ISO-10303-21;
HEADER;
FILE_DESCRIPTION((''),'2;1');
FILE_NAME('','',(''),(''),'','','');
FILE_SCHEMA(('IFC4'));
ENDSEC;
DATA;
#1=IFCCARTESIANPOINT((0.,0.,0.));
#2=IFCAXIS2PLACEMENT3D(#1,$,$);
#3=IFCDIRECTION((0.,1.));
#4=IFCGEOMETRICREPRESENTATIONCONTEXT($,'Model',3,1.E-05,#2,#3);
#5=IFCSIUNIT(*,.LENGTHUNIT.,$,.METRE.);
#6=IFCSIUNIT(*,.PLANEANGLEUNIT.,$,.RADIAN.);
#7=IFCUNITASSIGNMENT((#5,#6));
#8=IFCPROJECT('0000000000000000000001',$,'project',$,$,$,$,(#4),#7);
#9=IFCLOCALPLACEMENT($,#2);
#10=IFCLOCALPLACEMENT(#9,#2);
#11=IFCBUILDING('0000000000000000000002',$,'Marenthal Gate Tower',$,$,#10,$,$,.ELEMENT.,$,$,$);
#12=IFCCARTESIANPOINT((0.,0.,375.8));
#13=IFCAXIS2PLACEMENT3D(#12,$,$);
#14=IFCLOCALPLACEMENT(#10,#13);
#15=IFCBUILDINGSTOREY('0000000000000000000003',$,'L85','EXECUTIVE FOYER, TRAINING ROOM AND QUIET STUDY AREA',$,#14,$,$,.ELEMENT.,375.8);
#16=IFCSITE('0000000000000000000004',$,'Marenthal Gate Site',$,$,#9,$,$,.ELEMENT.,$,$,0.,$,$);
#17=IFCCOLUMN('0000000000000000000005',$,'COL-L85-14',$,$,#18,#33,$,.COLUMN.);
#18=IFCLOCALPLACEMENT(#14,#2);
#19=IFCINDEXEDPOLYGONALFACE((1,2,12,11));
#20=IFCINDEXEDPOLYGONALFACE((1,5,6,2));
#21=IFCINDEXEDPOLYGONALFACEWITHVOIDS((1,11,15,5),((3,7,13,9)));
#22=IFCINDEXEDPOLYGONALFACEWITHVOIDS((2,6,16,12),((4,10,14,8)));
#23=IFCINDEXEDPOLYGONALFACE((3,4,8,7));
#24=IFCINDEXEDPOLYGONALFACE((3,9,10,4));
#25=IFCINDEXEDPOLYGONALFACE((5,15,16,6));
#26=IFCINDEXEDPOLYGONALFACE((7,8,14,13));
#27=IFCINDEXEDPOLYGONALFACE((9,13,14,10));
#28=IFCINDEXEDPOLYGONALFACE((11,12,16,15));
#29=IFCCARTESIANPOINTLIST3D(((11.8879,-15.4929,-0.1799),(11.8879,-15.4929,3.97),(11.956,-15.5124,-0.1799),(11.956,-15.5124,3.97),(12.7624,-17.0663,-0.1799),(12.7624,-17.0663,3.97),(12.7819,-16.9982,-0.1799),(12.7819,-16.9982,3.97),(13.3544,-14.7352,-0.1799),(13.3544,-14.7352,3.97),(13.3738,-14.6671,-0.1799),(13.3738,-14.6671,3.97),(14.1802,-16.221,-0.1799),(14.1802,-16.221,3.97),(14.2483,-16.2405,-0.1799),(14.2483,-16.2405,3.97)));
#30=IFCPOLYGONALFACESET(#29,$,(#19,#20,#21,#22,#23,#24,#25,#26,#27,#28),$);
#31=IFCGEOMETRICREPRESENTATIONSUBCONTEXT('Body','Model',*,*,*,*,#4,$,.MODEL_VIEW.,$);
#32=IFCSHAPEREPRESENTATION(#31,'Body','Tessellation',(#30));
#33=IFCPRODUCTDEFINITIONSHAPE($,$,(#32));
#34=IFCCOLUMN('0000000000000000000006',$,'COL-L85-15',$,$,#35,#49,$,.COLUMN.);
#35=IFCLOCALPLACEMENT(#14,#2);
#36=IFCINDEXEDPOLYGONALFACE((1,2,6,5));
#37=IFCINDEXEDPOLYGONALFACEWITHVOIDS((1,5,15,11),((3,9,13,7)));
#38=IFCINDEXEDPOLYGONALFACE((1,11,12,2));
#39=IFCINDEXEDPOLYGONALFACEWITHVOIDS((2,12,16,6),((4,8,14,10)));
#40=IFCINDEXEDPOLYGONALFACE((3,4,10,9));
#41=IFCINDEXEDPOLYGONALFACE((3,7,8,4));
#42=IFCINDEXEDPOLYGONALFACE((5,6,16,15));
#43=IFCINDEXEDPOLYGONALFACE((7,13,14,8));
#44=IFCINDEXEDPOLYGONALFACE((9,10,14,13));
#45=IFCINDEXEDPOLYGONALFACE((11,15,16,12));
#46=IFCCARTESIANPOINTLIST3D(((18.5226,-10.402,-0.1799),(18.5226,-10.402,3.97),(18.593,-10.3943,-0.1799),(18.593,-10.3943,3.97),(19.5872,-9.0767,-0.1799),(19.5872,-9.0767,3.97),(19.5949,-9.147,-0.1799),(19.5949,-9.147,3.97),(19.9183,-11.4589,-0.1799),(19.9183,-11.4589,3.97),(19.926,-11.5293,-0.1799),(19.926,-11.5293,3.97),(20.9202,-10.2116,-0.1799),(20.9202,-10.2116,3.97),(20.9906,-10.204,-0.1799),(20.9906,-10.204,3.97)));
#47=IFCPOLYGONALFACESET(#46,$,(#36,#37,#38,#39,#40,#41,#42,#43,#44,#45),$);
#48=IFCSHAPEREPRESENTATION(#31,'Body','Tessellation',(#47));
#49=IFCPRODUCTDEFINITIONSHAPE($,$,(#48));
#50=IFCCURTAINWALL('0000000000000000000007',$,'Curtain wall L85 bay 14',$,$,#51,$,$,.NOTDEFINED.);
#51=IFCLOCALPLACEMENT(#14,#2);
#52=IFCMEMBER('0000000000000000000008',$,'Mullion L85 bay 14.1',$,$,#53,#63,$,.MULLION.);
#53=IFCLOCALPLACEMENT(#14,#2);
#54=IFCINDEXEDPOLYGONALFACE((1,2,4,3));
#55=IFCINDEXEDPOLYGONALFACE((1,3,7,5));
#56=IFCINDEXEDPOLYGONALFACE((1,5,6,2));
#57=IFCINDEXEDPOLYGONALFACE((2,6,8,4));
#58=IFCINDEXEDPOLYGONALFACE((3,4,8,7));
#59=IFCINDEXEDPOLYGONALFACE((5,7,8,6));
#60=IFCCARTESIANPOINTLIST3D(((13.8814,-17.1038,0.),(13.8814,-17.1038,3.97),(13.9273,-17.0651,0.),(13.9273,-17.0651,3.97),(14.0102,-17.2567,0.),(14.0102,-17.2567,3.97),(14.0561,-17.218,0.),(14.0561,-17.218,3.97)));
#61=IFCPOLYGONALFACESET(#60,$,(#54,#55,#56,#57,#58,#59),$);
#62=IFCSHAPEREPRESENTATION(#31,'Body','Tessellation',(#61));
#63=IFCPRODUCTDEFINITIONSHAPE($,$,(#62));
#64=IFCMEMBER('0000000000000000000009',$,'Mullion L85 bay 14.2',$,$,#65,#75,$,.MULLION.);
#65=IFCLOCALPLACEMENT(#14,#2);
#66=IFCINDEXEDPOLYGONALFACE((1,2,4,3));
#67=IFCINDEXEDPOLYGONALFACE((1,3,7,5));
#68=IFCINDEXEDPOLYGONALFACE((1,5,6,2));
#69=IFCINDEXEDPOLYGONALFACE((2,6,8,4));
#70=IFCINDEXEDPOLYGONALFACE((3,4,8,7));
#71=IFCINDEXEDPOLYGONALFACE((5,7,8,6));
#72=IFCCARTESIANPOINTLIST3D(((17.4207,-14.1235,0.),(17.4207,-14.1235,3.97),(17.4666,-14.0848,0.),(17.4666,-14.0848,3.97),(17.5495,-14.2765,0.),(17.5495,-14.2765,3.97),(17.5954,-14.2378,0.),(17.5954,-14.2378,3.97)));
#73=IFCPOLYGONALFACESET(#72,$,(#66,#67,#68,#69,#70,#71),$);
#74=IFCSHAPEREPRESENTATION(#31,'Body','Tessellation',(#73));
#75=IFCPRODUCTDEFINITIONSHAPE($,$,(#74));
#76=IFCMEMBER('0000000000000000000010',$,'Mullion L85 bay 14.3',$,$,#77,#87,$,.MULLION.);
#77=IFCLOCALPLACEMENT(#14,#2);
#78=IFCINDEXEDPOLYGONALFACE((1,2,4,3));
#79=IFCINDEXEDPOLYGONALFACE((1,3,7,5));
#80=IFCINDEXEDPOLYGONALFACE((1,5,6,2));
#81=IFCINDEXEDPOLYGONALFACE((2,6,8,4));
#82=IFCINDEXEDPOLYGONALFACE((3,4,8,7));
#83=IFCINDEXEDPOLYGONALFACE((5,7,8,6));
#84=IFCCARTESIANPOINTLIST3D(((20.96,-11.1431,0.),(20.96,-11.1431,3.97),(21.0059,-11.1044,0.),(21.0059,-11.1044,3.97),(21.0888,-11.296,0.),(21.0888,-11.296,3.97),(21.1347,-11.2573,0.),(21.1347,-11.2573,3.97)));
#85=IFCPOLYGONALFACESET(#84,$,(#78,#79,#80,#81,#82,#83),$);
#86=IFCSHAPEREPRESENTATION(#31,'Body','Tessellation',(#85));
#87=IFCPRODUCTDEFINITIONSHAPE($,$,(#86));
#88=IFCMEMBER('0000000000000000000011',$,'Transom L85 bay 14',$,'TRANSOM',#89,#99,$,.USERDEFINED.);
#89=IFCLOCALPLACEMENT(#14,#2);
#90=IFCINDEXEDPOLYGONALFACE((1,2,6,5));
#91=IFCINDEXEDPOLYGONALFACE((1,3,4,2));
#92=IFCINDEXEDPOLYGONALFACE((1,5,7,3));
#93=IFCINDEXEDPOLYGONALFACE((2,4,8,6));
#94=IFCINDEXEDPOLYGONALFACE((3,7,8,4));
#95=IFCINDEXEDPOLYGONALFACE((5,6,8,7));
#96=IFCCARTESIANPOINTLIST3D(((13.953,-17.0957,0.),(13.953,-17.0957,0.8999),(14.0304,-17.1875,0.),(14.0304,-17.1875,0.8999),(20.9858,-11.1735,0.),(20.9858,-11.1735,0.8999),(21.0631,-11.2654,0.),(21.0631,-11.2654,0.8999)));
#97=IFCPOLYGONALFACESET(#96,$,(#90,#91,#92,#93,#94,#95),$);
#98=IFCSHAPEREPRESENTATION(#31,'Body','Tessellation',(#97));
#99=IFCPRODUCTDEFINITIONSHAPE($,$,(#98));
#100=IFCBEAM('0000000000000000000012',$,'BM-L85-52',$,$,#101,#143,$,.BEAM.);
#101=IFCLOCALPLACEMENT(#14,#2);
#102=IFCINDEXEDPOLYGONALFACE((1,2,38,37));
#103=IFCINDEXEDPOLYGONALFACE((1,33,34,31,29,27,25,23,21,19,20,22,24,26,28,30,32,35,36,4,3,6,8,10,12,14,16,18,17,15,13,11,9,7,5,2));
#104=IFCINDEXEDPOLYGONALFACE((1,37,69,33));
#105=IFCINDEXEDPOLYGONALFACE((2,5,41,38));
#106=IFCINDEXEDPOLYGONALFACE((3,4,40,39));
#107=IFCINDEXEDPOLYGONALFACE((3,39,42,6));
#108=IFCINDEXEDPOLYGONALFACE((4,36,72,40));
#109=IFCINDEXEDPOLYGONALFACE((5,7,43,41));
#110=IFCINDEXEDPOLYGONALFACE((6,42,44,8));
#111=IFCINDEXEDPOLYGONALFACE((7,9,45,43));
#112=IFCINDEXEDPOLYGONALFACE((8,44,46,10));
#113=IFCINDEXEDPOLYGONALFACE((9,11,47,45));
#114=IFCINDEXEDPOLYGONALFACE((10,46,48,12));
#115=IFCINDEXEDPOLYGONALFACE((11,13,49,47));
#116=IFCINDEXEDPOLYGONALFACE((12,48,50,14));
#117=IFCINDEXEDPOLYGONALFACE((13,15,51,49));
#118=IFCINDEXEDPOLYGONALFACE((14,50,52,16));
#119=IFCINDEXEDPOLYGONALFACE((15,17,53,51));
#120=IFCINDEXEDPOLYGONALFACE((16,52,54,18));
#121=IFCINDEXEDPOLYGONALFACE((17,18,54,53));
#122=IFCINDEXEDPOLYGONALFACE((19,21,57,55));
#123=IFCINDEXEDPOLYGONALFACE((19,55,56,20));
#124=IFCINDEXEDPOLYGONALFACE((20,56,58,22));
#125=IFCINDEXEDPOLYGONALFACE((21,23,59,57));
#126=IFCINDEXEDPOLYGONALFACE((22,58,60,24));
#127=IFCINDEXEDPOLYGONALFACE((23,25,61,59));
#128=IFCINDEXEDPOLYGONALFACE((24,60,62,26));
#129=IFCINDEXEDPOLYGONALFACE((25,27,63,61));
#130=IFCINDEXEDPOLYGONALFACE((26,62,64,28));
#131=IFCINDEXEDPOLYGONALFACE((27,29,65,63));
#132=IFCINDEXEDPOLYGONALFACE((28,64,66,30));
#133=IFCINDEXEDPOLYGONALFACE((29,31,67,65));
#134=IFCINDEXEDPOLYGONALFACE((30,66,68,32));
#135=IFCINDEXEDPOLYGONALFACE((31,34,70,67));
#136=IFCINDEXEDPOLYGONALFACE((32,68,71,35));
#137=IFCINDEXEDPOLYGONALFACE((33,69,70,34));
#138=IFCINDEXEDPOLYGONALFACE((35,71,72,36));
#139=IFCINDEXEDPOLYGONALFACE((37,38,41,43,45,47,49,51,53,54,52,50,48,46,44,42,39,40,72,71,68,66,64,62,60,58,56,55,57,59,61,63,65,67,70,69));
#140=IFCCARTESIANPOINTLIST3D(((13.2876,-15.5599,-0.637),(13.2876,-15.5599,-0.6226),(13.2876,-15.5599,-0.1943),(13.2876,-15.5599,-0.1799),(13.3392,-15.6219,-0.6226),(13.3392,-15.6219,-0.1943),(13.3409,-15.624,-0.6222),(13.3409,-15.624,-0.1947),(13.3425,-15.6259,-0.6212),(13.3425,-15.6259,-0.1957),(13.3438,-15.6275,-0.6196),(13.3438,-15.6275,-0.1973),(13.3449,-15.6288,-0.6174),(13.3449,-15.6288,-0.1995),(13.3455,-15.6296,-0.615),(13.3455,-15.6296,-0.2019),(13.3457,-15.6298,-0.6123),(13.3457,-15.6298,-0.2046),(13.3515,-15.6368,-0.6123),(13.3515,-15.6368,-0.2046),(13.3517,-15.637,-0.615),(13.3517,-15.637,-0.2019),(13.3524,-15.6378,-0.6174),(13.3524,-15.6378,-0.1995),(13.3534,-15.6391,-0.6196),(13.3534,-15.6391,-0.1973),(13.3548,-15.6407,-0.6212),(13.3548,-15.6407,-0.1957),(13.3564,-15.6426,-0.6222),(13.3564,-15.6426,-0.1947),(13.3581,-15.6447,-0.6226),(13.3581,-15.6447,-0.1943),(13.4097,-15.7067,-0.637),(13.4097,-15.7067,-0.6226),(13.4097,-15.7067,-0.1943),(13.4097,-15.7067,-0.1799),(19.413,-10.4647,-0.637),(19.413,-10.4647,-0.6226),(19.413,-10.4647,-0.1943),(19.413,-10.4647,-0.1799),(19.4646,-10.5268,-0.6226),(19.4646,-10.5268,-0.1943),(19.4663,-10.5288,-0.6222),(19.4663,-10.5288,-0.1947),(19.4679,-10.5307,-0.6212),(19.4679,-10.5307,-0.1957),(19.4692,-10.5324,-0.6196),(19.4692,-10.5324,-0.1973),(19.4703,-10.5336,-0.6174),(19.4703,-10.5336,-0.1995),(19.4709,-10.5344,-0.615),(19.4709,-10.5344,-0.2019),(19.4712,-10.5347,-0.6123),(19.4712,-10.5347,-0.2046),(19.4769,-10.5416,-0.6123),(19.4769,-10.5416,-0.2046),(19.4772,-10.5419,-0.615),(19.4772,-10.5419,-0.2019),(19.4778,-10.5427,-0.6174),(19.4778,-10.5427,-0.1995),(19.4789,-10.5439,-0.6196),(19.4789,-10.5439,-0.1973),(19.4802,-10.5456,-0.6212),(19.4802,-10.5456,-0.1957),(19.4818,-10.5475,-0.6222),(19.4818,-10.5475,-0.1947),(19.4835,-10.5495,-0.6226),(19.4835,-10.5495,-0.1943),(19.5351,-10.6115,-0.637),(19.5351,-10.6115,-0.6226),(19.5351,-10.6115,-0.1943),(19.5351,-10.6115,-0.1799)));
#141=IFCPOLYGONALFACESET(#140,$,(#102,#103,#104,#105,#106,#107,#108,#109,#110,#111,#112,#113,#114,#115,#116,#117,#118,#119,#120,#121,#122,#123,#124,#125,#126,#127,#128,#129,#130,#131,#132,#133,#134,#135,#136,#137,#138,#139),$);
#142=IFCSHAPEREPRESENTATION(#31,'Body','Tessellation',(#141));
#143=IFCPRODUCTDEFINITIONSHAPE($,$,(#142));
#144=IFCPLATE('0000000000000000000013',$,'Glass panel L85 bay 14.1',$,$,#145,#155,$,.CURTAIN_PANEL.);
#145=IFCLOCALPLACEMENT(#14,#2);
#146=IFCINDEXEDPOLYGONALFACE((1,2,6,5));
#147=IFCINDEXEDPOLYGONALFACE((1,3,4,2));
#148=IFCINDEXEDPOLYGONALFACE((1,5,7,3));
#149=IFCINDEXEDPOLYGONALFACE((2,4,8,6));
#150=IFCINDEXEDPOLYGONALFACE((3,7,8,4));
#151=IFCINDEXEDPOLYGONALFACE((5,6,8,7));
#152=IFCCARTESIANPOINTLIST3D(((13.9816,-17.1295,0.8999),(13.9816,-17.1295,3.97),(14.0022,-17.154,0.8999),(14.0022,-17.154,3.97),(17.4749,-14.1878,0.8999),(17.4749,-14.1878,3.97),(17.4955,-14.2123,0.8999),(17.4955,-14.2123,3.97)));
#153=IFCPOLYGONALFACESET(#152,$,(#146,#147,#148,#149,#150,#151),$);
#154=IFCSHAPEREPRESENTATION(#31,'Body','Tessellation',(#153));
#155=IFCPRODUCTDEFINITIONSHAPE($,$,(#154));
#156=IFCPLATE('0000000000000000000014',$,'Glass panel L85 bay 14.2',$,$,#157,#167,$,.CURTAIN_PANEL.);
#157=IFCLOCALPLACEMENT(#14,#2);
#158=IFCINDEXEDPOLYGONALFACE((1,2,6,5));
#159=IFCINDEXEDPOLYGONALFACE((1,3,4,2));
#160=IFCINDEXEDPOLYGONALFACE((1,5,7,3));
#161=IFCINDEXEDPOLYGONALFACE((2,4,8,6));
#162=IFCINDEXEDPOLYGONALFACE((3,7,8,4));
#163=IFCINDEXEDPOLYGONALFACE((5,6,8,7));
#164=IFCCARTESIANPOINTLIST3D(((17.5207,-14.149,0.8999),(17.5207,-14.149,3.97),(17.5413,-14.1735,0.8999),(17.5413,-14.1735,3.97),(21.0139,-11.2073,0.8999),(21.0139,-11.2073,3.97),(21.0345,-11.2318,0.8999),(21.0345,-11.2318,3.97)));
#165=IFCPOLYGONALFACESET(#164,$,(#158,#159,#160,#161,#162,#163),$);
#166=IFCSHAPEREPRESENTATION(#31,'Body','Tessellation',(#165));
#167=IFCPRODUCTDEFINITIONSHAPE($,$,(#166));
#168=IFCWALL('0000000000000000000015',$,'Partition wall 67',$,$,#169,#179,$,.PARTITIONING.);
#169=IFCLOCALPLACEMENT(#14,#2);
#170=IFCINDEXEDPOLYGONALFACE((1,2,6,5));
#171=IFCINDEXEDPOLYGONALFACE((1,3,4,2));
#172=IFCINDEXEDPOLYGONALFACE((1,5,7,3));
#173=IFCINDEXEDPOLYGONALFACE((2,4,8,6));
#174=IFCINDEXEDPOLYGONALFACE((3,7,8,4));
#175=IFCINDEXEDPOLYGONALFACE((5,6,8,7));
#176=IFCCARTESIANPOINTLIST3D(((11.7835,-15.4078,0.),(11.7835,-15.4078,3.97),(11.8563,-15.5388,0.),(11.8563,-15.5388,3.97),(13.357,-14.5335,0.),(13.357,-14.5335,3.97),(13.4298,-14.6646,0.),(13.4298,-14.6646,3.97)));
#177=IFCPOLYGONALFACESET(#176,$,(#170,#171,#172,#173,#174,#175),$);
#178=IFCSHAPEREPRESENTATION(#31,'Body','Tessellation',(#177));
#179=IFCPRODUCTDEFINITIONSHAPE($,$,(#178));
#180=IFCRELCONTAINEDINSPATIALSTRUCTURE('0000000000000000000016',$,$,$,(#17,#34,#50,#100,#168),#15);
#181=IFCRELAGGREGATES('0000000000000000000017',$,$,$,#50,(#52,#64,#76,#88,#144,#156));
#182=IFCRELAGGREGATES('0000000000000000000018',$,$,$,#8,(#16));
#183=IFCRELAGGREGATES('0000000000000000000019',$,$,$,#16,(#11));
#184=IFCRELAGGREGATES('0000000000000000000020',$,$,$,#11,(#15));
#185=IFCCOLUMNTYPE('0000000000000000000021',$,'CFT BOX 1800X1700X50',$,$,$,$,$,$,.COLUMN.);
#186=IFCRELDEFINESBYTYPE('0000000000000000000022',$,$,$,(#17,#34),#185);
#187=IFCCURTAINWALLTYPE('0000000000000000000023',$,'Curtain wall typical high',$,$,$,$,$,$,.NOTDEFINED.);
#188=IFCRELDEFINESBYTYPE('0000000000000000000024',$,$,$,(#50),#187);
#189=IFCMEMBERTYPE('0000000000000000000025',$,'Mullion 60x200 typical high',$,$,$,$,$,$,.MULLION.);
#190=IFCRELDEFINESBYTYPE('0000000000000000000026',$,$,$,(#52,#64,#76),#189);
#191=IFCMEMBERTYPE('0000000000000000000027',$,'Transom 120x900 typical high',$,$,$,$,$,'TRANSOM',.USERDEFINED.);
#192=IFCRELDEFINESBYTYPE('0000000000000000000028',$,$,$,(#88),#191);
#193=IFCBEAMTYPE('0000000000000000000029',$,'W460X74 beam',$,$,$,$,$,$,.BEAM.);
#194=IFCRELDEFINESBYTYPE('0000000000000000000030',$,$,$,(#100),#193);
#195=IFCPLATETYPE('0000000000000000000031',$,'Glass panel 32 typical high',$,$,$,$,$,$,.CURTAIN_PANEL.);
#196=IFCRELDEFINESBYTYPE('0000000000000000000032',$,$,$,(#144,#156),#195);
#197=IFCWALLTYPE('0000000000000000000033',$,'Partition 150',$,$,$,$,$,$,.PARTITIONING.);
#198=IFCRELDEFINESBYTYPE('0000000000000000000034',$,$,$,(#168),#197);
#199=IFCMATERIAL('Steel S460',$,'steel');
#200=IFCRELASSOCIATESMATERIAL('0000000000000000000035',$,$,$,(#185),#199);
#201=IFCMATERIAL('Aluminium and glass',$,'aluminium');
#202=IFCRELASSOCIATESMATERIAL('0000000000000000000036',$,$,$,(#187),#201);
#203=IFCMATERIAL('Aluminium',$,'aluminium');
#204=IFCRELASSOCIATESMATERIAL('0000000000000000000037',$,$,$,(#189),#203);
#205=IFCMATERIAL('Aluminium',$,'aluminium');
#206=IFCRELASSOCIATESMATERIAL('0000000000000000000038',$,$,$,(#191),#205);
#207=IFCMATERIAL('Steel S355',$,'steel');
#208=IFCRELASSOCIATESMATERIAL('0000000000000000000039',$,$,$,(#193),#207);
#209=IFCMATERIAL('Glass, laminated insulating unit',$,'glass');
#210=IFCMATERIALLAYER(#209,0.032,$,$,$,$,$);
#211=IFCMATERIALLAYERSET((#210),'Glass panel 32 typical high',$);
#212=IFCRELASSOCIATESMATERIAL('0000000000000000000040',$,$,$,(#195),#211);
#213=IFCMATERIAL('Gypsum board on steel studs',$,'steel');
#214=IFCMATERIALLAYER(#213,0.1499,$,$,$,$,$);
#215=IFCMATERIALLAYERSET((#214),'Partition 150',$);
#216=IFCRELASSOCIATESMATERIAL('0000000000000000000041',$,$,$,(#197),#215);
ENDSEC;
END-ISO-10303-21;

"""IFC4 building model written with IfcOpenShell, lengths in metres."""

from ifc_helpers import new_model, si_unit, direction, frame, frame_2d, origin, origin_2d, place, context, subcontext, project, spatial, rectangle, hollow_rectangle, i_section, extrude, material, layer, layer_set, material_profile, profile_set, type_object, element, aggregate, save


model = new_model("IFC4")

# Units and contexts
model_context = context("Model", 3, precision=1e-05, world=origin(), true_north=direction((0.0, 1.0)))
body_context = subcontext(model_context, "Body", "Model", "MODEL_VIEW")
ifc_project = project(units=[si_unit("LENGTHUNIT", "METRE"), si_unit("PLANEANGLEUNIT", "RADIAN")], contexts=[model_context])

# Site, building, storey
site_placement = place(None, origin())
site = spatial("IfcSite", under=ifc_project, at=site_placement, Name="Marenthal Gate Site", CompositionType="ELEMENT", RefElevation=0.0)
building_placement = place(site_placement, origin())
building = spatial("IfcBuilding", under=site, at=building_placement, Name="Marenthal Gate Tower", CompositionType="ELEMENT")
storey_placement = place(building_placement, frame((0.0, 0.0, 375.8)))
storey = spatial("IfcBuildingStorey", under=building, at=storey_placement, Name="L85", Description="EXECUTIVE FOYER, TRAINING ROOM AND QUIET STUDY AREA", CompositionType="ELEMENT", Elevation=375.8)

# Columns
ifc_material_1 = material(Name="Steel S460", Category="steel")
ifc_material_profile_1 = material_profile(ifc_material_1, hollow_rectangle(XDim=1.7, YDim=1.8, WallThickness=0.05, at=origin_2d()), Name="CFT BOX 1800X1700X50")
ifc_material_2 = material(Name="Concrete 70 MPa", Category="concrete")
ifc_material_profile_2 = material_profile(ifc_material_2, rectangle(XDim=1.6001, YDim=1.7, at=origin_2d()), Name="CFT BOX 1800X1700X50 INFILL")
ifc_profile_set_1 = profile_set([ifc_material_profile_1, ifc_material_profile_2], Name="Steel S460 shell, Concrete 70 MPa infill")
column_type = type_object("IfcColumnType", Name="CFT BOX 1800X1700X50", PredefinedType="COLUMN", material=ifc_profile_set_1)
for number, where, z_axis, x_axis, name in (
    (1, (13.0681, -15.8667, -0.1799), (0.0, 0.0, 1.0), (-0.874065, -0.485809, 0.0), "COL-L85-14"),
    (2, (19.7566, -10.303, -0.1799), (0.0, 0.0, 1.0), (-0.626249, -0.779623, 0.0), "COL-L85-15"),
):
    element("IfcColumn", number, at=place(storey_placement, frame(where, z_axis=z_axis, x_axis=x_axis)), inside=storey, type_object=column_type, Name=name, PredefinedType="COLUMN", context=body_context, shape_type="SweptSolid", body=[
        extrude(hollow_rectangle(XDim=1.7, YDim=1.8, WallThickness=0.05, at=origin_2d()), origin(), (0.0, 0.0, 1.0), 4.1499),
    ])

# Curtain wall, members
ifc_material_3 = material(Name="Aluminium and glass", Category="aluminium")
curtain_wall_type = type_object("IfcCurtainWallType", Name="Curtain wall typical high", PredefinedType="NOTDEFINED", material=ifc_material_3)
curtain_wall_placement = place(storey_placement, origin())
curtain_wall = element("IfcCurtainWall", 3, at=curtain_wall_placement, inside=storey, type_object=curtain_wall_type, Name="Curtain wall L85 bay 14", PredefinedType="NOTDEFINED")
ifc_material_4 = material(Name="Aluminium", Category="aluminium")
ifc_material_profile_3 = material_profile(ifc_material_4, rectangle(XDim=0.2, YDim=0.0601, at=origin_2d()), Name="60x200 aluminium mullion")
ifc_profile_set_2 = profile_set([ifc_material_profile_3], Name="Aluminium")
member_type_1 = type_object("IfcMemberType", Name="Mullion 60x200 typical high", PredefinedType="MULLION", material=ifc_profile_set_2)
member_1_placement = place(storey_placement, frame((13.9688, -17.1609, 0.0), z_axis=(0.0, 0.0, 1.0), x_axis=(-0.644135, 0.764912, 0.0)))
member_1 = element("IfcMember", 4, at=member_1_placement, type_object=member_type_1, Name="Mullion L85 bay 14.1", PredefinedType="MULLION", context=body_context, shape_type="SweptSolid", body=[
    extrude(rectangle(XDim=0.2, YDim=0.0601, at=origin_2d()), origin(), (0.0, 0.0, 1.0), 3.97),
])
member_2_placement = place(storey_placement, frame((17.5081, -14.1807, 0.0), z_axis=(0.0, 0.0, 1.0), x_axis=(-0.644135, 0.764912, 0.0)))
member_2 = element("IfcMember", 5, at=member_2_placement, type_object=member_type_1, Name="Mullion L85 bay 14.2", PredefinedType="MULLION", context=body_context, shape_type="SweptSolid", body=[
    extrude(rectangle(XDim=0.2, YDim=0.0601, at=origin_2d()), origin(), (0.0, 0.0, 1.0), 3.97),
])
member_3_placement = place(storey_placement, frame((21.0474, -11.2002, 0.0), z_axis=(0.0, 0.0, 1.0), x_axis=(-0.644135, 0.764912, 0.0)))
member_3 = element("IfcMember", 6, at=member_3_placement, type_object=member_type_1, Name="Mullion L85 bay 14.3", PredefinedType="MULLION", context=body_context, shape_type="SweptSolid", body=[
    extrude(rectangle(XDim=0.2, YDim=0.0601, at=origin_2d()), origin(), (0.0, 0.0, 1.0), 3.97),
])
ifc_material_5 = material(Name="Aluminium", Category="aluminium")
ifc_material_profile_4 = material_profile(ifc_material_5, rectangle(XDim=0.1201, YDim=0.8999, at=origin_2d()), Name="120x900 aluminium transom")
ifc_profile_set_3 = profile_set([ifc_material_profile_4], Name="Aluminium")
member_type_2 = type_object("IfcMemberType", Name="Transom 120x900 typical high", ElementType="TRANSOM", PredefinedType="USERDEFINED", material=ifc_profile_set_3)
member_4_placement = place(storey_placement, frame((13.9917, -17.1416, 0.45), z_axis=(0.76492, 0.644125, 0.0), x_axis=(-0.644125, 0.76492, 0.0)))
member_4 = element("IfcMember", 7, at=member_4_placement, type_object=member_type_2, Name="Transom L85 bay 14", ObjectType="TRANSOM", PredefinedType="USERDEFINED", context=body_context, shape_type="SweptSolid", body=[
    extrude(rectangle(XDim=0.1201, YDim=0.8999, at=origin_2d()), origin(), (0.0, 0.0, 1.0), 9.1941),
])

# Beam
ifc_material_6 = material(Name="Steel S355", Category="steel")
ifc_material_profile_5 = material_profile(ifc_material_6, i_section(OverallWidth=0.1909, OverallDepth=0.457, WebThickness=0.009, FlangeThickness=0.0144, FilletRadius=0.0103, at=origin_2d()), Name="W460X74")
ifc_profile_set_4 = profile_set([ifc_material_profile_5], Name="Steel S355")
beam_type = type_object("IfcBeamType", Name="W460X74 beam", PredefinedType="BEAM", material=ifc_profile_set_4)
beam_placement = place(storey_placement, frame((13.3486, -15.6333, -0.4084), z_axis=(0.768799, 0.639491, 0.0), x_axis=(-0.639491, 0.768799, 0.0)))
element("IfcBeam", 8, at=beam_placement, inside=storey, type_object=beam_type, Name="BM-L85-52", PredefinedType="BEAM", context=body_context, shape_type="SweptSolid", body=[
    extrude(i_section(OverallWidth=0.1909, OverallDepth=0.457, WebThickness=0.009, FlangeThickness=0.0144, FilletRadius=0.0103, at=origin_2d()), origin(), (0.0, 0.0, 1.0), 7.9675),
])

# Plates
ifc_material_7 = material(Name="Glass, laminated insulating unit", Category="glass")
ifc_layer_1 = layer(ifc_material_7, 0.032)
ifc_layer_set_1 = layer_set([ifc_layer_1], Name="Glass panel 32 typical high")
plate_type = type_object("IfcPlateType", Name="Glass panel 32 typical high", PredefinedType="CURTAIN_PANEL", material=ifc_layer_set_1)
plate_1_placement = place(storey_placement, frame((15.7385, -15.6709, 0.8999), z_axis=(0.0, 0.0, 1.0), x_axis=(0.764912, 0.644135, 0.0)))
plate_1 = element("IfcPlate", 9, at=plate_1_placement, type_object=plate_type, Name="Glass panel L85 bay 14.1", PredefinedType="CURTAIN_PANEL", context=body_context, shape_type="SweptSolid", body=[
    extrude(rectangle(XDim=4.5669, YDim=0.032, at=origin_2d()), origin(), (0.0, 0.0, 1.0), 3.0701),
])
plate_2_placement = place(storey_placement, frame((19.2776, -12.6904, 0.8999), z_axis=(0.0, 0.0, 1.0), x_axis=(0.764912, 0.644135, 0.0)))
plate_2 = element("IfcPlate", 10, at=plate_2_placement, type_object=plate_type, Name="Glass panel L85 bay 14.2", PredefinedType="CURTAIN_PANEL", context=body_context, shape_type="SweptSolid", body=[
    extrude(rectangle(XDim=4.5669, YDim=0.032, at=origin_2d()), origin(), (0.0, 0.0, 1.0), 3.0701),
])
aggregate(curtain_wall, [member_1, member_2, member_3, member_4, plate_1, plate_2])

# Wall
ifc_material_8 = material(Name="Gypsum board on steel studs", Category="steel")
ifc_layer_2 = layer(ifc_material_8, 0.1499)
ifc_layer_set_2 = layer_set([ifc_layer_2], Name="Partition 150")
wall_type_1 = type_object("IfcWallType", Name="Partition 150", PredefinedType="PARTITIONING", material=ifc_layer_set_2)
wall_1_placement = place(storey_placement, frame((13.3933, -14.5991, 0.0), z_axis=(0.0, 0.0, 1.0), x_axis=(-0.874132, -0.485689, 0.0)))
element("IfcWall", 11, at=wall_1_placement, inside=storey, type_object=wall_type_1, Name="Partition wall 67", PredefinedType="PARTITIONING", context=body_context, shape_type="SweptSolid", body=[
    extrude(rectangle(XDim=1.8, YDim=0.1499, at=frame_2d((0.8999, 0.0))), origin(), (0.0, 0.0, 1.0), 3.97),
])

save(model, "model.ifc")
